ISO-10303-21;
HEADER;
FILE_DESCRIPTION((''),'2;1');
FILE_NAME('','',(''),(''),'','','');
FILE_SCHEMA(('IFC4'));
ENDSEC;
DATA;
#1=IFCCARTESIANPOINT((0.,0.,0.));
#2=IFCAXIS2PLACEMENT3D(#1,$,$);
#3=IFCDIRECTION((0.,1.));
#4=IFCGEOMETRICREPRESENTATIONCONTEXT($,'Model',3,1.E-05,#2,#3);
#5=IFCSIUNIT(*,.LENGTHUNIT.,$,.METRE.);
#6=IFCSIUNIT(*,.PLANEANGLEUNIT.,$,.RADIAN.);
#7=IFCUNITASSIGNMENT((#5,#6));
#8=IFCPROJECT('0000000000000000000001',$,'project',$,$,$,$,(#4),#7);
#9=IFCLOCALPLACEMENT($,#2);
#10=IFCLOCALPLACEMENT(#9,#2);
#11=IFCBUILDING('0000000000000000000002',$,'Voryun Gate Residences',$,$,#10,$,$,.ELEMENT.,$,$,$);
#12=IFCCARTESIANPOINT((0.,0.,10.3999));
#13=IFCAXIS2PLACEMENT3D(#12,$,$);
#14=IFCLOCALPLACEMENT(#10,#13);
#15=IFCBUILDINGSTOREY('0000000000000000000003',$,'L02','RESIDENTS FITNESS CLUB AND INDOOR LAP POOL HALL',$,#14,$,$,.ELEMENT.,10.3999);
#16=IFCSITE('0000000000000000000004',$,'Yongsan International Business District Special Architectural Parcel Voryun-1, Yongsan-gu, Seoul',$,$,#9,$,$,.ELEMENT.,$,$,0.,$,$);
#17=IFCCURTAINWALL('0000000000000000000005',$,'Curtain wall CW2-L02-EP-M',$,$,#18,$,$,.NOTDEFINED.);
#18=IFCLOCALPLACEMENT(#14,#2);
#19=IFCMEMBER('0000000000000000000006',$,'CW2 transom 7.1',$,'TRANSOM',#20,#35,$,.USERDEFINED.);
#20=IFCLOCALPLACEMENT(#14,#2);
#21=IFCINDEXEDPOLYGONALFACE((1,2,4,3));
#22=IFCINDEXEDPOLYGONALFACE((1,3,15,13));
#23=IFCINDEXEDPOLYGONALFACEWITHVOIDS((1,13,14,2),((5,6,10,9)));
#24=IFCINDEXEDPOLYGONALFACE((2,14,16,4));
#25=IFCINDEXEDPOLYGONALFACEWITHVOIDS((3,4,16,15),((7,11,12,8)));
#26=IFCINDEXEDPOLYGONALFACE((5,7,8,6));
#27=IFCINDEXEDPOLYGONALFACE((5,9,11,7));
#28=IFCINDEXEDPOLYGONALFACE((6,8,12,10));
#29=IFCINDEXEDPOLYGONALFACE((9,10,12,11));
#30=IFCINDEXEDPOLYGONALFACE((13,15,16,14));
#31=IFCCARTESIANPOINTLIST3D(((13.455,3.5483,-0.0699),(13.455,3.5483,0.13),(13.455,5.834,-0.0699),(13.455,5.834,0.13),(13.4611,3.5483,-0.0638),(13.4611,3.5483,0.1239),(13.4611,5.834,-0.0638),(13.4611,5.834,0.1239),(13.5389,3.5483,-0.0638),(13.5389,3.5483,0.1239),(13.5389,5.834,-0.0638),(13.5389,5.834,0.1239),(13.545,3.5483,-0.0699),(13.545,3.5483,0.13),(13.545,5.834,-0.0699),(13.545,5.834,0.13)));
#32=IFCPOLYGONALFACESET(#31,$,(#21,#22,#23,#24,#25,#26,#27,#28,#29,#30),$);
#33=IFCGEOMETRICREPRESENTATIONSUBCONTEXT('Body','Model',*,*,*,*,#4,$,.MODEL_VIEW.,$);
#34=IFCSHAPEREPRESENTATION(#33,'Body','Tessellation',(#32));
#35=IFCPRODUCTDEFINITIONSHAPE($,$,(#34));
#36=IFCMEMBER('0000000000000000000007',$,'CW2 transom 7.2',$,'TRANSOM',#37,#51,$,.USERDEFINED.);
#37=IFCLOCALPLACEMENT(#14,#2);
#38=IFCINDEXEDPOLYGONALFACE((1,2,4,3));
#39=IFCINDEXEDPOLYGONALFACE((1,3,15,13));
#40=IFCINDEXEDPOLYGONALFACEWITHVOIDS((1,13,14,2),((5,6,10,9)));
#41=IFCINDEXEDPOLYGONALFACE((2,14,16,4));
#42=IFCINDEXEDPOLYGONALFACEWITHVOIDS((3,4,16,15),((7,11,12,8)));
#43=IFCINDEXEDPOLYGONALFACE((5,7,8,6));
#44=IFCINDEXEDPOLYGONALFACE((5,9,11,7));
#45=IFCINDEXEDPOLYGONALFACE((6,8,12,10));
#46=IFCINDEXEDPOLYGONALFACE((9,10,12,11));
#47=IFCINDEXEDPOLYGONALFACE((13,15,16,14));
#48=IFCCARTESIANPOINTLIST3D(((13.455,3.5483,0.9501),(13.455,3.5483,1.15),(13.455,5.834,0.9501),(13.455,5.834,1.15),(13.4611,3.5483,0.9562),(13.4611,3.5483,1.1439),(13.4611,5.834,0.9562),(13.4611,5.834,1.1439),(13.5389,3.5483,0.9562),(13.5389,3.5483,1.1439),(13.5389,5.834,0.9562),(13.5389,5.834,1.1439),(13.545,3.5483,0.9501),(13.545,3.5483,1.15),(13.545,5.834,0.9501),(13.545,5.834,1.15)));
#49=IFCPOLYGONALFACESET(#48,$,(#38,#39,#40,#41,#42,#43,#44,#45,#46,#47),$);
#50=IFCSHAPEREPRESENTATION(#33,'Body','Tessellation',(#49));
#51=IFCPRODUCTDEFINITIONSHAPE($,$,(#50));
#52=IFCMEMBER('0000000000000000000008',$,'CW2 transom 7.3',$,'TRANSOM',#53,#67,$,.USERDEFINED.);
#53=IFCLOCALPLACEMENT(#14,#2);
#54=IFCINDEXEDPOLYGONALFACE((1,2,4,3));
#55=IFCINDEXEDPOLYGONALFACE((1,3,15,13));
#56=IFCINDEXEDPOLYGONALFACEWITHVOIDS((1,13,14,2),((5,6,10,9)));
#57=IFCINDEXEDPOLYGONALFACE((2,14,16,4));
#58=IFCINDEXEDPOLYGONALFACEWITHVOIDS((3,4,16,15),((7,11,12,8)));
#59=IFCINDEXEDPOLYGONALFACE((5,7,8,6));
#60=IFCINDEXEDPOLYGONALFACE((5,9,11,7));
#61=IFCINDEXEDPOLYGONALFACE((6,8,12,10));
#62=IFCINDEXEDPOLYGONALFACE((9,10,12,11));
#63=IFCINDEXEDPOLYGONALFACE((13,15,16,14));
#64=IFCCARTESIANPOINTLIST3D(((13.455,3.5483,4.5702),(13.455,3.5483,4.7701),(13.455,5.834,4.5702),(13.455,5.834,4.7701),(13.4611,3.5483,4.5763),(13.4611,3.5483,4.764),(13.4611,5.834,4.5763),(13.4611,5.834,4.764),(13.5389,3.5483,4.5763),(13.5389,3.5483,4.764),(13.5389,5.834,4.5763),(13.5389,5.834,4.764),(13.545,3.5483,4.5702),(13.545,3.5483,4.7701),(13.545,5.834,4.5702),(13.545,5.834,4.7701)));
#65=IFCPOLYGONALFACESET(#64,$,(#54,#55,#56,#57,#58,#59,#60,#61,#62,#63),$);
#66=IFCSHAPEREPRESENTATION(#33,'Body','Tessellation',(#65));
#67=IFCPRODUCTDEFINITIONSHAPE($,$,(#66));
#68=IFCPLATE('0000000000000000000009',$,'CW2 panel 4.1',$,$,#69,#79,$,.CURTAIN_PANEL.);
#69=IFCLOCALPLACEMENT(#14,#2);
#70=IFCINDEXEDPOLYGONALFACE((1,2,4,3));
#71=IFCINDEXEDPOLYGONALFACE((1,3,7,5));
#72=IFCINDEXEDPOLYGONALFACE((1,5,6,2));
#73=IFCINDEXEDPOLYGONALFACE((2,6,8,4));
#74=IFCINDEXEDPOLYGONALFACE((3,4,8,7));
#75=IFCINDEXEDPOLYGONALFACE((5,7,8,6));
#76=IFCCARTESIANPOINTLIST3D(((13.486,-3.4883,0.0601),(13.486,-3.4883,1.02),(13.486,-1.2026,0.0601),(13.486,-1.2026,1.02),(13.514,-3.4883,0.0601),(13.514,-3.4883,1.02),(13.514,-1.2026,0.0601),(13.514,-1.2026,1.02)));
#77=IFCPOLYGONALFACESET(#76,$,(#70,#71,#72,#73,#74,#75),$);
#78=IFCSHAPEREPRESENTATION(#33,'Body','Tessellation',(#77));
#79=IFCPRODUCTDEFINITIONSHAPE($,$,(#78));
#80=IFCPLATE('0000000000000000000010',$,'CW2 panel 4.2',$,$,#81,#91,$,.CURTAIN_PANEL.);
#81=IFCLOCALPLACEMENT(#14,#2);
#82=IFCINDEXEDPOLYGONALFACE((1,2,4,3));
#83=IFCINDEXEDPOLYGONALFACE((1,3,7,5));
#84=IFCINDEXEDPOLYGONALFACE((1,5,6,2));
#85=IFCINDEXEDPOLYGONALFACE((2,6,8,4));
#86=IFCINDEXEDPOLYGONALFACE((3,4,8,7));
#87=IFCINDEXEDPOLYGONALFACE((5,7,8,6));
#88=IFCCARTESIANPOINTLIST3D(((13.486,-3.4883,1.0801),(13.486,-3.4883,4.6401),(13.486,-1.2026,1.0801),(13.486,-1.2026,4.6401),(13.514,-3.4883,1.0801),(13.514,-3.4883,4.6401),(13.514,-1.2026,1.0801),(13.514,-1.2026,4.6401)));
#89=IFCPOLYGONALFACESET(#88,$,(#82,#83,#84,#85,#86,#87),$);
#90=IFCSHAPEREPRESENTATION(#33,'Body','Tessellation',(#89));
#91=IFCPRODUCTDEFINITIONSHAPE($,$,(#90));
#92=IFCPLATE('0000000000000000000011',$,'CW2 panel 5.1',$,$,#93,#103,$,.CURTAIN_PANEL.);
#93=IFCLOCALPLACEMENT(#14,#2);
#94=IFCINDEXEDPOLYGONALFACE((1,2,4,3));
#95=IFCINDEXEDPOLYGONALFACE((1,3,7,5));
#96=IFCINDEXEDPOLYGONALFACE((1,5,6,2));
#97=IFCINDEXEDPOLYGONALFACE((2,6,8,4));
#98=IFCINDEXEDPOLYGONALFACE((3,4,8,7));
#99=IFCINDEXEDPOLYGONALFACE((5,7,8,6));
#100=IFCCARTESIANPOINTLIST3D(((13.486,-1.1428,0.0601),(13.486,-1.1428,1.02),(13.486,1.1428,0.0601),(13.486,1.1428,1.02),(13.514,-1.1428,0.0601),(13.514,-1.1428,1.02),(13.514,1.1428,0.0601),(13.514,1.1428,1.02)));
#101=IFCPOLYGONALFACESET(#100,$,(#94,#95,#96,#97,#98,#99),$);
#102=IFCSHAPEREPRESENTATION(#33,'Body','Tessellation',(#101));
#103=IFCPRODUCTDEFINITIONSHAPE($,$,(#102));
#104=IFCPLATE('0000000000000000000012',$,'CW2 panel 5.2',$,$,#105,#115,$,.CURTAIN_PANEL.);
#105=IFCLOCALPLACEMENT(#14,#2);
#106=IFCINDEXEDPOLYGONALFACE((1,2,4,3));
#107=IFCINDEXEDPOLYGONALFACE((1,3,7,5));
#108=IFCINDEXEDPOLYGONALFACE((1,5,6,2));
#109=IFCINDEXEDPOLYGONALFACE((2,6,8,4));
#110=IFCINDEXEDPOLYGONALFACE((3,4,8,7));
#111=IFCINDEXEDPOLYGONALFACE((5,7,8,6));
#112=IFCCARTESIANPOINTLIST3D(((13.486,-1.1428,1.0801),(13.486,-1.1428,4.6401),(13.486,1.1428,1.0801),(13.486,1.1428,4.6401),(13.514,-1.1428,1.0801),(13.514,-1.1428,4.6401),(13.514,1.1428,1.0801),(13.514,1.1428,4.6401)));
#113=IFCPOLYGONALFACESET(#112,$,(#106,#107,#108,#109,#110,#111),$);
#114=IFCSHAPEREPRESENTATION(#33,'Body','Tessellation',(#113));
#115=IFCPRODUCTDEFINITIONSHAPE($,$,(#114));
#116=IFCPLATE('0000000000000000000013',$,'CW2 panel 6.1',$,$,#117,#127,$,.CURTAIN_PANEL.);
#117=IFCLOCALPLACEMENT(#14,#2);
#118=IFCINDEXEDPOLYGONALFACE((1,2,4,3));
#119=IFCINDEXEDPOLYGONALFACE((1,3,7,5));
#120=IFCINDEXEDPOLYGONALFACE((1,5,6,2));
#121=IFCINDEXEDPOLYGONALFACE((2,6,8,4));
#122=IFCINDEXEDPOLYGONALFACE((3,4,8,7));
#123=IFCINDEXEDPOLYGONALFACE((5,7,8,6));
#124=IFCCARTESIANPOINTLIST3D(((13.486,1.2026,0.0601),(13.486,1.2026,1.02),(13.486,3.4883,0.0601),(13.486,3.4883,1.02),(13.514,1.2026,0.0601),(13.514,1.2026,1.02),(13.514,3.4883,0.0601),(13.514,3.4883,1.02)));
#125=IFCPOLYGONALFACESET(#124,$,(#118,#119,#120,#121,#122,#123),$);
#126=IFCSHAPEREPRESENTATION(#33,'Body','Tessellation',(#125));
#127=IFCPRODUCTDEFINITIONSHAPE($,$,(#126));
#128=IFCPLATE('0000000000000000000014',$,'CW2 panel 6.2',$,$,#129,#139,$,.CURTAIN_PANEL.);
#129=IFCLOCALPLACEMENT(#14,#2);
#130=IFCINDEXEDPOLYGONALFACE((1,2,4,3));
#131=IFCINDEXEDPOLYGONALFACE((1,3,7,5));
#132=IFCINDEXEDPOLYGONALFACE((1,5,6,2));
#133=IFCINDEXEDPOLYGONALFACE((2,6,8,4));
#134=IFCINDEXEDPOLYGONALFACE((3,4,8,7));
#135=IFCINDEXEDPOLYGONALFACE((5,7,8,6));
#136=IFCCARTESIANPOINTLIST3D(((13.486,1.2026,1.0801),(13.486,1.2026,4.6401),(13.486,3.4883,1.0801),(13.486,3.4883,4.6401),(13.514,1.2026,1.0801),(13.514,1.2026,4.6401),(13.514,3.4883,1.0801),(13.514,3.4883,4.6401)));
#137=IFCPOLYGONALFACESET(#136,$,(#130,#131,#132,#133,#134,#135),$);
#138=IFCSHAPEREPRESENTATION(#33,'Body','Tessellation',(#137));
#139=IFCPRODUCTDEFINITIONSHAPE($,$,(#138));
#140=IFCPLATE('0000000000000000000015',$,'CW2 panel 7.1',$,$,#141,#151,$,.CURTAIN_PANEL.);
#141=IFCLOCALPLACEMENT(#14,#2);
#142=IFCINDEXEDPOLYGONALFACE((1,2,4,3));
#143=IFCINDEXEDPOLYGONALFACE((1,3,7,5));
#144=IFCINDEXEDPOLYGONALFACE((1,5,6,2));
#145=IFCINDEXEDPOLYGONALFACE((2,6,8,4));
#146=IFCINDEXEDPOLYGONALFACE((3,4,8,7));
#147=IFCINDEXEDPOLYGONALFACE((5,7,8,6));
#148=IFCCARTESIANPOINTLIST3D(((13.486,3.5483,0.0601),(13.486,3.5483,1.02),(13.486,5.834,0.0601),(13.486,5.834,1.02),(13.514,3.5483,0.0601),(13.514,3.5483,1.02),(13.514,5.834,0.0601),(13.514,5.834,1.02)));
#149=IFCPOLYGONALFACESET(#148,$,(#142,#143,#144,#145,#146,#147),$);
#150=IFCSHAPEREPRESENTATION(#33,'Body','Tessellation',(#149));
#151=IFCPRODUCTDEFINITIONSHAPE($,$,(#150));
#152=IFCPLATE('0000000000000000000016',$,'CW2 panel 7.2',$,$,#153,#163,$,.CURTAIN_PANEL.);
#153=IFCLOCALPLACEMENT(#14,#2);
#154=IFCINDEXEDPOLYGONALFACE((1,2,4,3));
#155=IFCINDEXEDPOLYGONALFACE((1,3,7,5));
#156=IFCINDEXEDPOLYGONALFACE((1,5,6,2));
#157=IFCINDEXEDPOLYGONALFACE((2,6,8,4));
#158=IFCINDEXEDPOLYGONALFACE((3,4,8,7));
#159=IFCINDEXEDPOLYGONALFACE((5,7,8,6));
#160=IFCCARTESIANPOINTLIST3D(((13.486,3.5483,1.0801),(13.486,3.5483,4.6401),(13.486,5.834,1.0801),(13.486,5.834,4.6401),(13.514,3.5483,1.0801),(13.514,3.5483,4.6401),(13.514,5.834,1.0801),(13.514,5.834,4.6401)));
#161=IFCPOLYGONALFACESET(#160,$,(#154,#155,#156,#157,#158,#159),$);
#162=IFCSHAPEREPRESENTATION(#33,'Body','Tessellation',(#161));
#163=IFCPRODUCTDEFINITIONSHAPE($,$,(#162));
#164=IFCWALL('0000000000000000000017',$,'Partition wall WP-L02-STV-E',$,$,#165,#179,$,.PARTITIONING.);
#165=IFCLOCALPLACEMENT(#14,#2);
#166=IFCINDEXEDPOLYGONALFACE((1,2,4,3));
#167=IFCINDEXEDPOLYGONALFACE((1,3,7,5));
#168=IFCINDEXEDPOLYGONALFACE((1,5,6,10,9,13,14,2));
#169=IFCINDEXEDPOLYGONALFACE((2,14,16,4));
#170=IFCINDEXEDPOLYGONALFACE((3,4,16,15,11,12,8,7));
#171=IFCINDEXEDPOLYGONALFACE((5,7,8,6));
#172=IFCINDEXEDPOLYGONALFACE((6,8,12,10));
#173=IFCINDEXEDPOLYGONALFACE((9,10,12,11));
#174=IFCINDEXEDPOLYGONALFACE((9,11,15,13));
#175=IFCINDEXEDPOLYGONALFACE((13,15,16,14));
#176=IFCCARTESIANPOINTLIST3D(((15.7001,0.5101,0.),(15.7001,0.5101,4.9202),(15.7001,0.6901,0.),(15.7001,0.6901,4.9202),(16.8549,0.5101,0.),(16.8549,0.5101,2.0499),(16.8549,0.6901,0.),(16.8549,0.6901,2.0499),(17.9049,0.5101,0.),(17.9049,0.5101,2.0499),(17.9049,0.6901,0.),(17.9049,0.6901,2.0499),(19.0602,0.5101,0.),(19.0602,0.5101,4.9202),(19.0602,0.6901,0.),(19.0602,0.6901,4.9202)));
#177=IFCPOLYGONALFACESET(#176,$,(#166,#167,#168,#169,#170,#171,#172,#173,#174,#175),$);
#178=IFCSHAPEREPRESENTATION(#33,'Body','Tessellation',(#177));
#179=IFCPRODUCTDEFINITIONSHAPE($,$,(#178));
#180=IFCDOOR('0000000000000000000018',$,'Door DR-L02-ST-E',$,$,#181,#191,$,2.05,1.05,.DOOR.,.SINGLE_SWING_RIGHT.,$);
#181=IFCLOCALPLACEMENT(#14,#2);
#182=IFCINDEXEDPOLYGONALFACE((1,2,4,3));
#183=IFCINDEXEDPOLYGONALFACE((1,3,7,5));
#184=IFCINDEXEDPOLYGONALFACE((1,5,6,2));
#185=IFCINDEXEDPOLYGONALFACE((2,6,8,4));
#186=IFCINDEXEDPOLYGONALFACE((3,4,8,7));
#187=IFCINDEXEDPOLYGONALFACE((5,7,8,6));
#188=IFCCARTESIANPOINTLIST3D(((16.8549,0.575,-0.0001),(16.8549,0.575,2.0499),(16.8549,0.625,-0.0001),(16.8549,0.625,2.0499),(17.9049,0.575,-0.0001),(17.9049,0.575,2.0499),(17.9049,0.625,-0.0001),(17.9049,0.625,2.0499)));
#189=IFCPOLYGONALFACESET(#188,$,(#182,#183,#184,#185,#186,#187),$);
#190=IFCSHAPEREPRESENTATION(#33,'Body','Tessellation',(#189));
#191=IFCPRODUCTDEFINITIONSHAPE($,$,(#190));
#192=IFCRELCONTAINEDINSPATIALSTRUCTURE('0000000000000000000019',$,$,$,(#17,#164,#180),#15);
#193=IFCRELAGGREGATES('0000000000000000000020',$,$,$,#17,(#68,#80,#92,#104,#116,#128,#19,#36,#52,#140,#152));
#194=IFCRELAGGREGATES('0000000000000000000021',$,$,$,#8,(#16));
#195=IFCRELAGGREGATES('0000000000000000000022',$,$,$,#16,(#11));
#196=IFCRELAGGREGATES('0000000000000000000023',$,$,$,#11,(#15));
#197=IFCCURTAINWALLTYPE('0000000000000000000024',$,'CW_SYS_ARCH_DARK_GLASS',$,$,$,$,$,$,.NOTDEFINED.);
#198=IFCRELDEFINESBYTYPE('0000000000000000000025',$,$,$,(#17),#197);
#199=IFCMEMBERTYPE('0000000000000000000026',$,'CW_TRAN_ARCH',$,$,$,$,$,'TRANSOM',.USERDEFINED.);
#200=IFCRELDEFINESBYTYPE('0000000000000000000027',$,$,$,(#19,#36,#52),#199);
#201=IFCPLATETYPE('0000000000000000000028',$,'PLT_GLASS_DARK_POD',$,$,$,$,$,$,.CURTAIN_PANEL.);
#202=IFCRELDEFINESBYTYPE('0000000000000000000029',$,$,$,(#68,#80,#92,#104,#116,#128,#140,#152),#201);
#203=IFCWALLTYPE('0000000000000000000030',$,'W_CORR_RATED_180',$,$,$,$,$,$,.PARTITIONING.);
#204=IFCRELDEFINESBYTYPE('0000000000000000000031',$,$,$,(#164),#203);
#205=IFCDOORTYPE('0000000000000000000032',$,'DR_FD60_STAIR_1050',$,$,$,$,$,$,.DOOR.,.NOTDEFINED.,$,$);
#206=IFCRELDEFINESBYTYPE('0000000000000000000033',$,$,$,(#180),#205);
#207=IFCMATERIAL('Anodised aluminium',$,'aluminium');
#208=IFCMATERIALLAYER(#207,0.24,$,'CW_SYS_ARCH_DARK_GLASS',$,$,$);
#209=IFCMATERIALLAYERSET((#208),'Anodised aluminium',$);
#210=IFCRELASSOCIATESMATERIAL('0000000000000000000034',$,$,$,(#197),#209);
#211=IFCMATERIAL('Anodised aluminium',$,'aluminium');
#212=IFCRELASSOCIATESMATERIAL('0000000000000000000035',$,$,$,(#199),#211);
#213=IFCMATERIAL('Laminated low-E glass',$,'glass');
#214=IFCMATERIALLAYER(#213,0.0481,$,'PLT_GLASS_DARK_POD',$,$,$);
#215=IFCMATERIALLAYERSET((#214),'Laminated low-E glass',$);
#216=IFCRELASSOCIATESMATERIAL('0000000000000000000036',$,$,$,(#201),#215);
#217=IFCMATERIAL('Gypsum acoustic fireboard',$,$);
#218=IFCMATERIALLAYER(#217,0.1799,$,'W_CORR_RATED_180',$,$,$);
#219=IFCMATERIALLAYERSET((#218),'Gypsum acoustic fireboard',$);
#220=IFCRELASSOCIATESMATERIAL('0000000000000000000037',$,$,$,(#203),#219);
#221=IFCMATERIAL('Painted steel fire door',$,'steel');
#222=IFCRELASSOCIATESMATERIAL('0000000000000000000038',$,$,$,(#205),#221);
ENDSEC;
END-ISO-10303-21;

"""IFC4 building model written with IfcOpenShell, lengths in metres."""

from ifc_helpers import new_model, si_unit, direction, frame, frame_2d, origin, origin_2d, place, context, subcontext, project, spatial, rectangle, hollow_rectangle, extrude, material, layer, layer_set, material_profile, profile_set, type_object, element, fill, aggregate, save


model = new_model("IFC4")

# Units and contexts
model_context = context("Model", 3, precision=1e-05, world=origin(), true_north=direction((0.0, 1.0)))
body_context = subcontext(model_context, "Body", "Model", "MODEL_VIEW")
ifc_project = project(units=[si_unit("LENGTHUNIT", "METRE"), si_unit("PLANEANGLEUNIT", "RADIAN")], contexts=[model_context])

# Site, building, storey
site_placement = place(None, origin())
site = spatial("IfcSite", under=ifc_project, at=site_placement, Name="Yongsan International Business District Special Architectural Parcel Voryun-1, Yongsan-gu, Seoul", CompositionType="ELEMENT", RefElevation=0.0)
building_placement = place(site_placement, origin())
building = spatial("IfcBuilding", under=site, at=building_placement, Name="Voryun Gate Residences", CompositionType="ELEMENT")
storey_placement = place(building_placement, frame((0.0, 0.0, 10.3999)))
storey = spatial("IfcBuildingStorey", under=building, at=storey_placement, Name="L02", Description="RESIDENTS FITNESS CLUB AND INDOOR LAP POOL HALL", CompositionType="ELEMENT", Elevation=10.3999)

# Curtain wall, members, plates
ifc_material_1 = material(Name="Anodised aluminium", Category="aluminium")
ifc_layer_1 = layer(ifc_material_1, 0.24, Name="CW_SYS_ARCH_DARK_GLASS")
ifc_layer_set_1 = layer_set([ifc_layer_1], Name="Anodised aluminium")
curtain_wall_type = type_object("IfcCurtainWallType", Name="CW_SYS_ARCH_DARK_GLASS", PredefinedType="NOTDEFINED", material=ifc_layer_set_1)
curtain_wall_placement = place(storey_placement, origin())
curtain_wall = element("IfcCurtainWall", 1, at=curtain_wall_placement, inside=storey, type_object=curtain_wall_type, Name="Curtain wall CW2-L02-EP-M", PredefinedType="NOTDEFINED")
ifc_material_2 = material(Name="Anodised aluminium", Category="aluminium")
ifc_material_profile_1 = material_profile(ifc_material_2, hollow_rectangle(XDim=0.0901, YDim=0.2, WallThickness=0.0061, at=origin_2d()), Name="ALU-TRAN-200x90x6")
ifc_profile_set_1 = profile_set([ifc_material_profile_1], Name="Anodised aluminium")
member_type_1 = type_object("IfcMemberType", Name="CW_TRAN_ARCH", ElementType="TRANSOM", PredefinedType="USERDEFINED", material=ifc_profile_set_1)
member_1_placement = place(storey_placement, frame((13.5, 3.5483, 0.03), z_axis=(0.0, 1.0, 0.0), x_axis=(-1.0, 0.0, 0.0)))
member_1 = element("IfcMember", 2, at=member_1_placement, type_object=member_type_1, Name="CW2 transom 7.1", ObjectType="TRANSOM", PredefinedType="USERDEFINED", context=body_context, shape_type="SweptSolid", body=[
    extrude(hollow_rectangle(XDim=0.0901, YDim=0.2, WallThickness=0.0061, at=origin_2d()), origin(), (0.0, 0.0, 1.0), 2.2856),
])
member_2_placement = place(storey_placement, frame((13.5, 3.5483, 1.05), z_axis=(0.0, 1.0, 0.0), x_axis=(-1.0, 0.0, 0.0)))
member_2 = element("IfcMember", 3, at=member_2_placement, type_object=member_type_1, Name="CW2 transom 7.2", ObjectType="TRANSOM", PredefinedType="USERDEFINED", context=body_context, shape_type="SweptSolid", body=[
    extrude(hollow_rectangle(XDim=0.0901, YDim=0.2, WallThickness=0.0061, at=origin_2d()), origin(), (0.0, 0.0, 1.0), 2.2856),
])
member_3_placement = place(storey_placement, frame((13.5, 3.5483, 4.6702), z_axis=(0.0, 1.0, 0.0), x_axis=(-1.0, 0.0, 0.0)))
member_3 = element("IfcMember", 4, at=member_3_placement, type_object=member_type_1, Name="CW2 transom 7.3", ObjectType="TRANSOM", PredefinedType="USERDEFINED", context=body_context, shape_type="SweptSolid", body=[
    extrude(hollow_rectangle(XDim=0.0901, YDim=0.2, WallThickness=0.0061, at=origin_2d()), origin(), (0.0, 0.0, 1.0), 2.2856),
])
ifc_material_3 = material(Name="Laminated low-E glass", Category="glass")
ifc_layer_2 = layer(ifc_material_3, 0.0481, Name="PLT_GLASS_DARK_POD")
ifc_layer_set_2 = layer_set([ifc_layer_2], Name="Laminated low-E glass")
plate_type = type_object("IfcPlateType", Name="PLT_GLASS_DARK_POD", PredefinedType="CURTAIN_PANEL", material=ifc_layer_set_2)
plate_1_placement = place(storey_placement, frame((13.5, -2.3455, 0.0601), z_axis=(0.0, 0.0, 1.0), x_axis=(0.0, 1.0, 0.0)))
plate_1 = element("IfcPlate", 5, at=plate_1_placement, type_object=plate_type, Name="CW2 panel 4.1", PredefinedType="CURTAIN_PANEL", context=body_context, shape_type="SweptSolid", body=[
    extrude(rectangle(XDim=2.2856, YDim=0.0281, at=origin_2d()), origin(), (0.0, 0.0, 1.0), 0.96),
])
plate_2_placement = place(storey_placement, frame((13.5, -2.3455, 1.0801), z_axis=(0.0, 0.0, 1.0), x_axis=(0.0, 1.0, 0.0)))
plate_2 = element("IfcPlate", 6, at=plate_2_placement, type_object=plate_type, Name="CW2 panel 4.2", PredefinedType="CURTAIN_PANEL", context=body_context, shape_type="SweptSolid", body=[
    extrude(rectangle(XDim=2.2856, YDim=0.0281, at=origin_2d()), origin(), (0.0, 0.0, 1.0), 3.5601),
])
plate_3_placement = place(storey_placement, frame((13.5, 0.0, 0.0601), z_axis=(0.0, 0.0, 1.0), x_axis=(0.0, 1.0, 0.0)))
plate_3 = element("IfcPlate", 7, at=plate_3_placement, type_object=plate_type, Name="CW2 panel 5.1", PredefinedType="CURTAIN_PANEL", context=body_context, shape_type="SweptSolid", body=[
    extrude(rectangle(XDim=2.2856, YDim=0.0281, at=origin_2d()), origin(), (0.0, 0.0, 1.0), 0.96),
])
plate_4_placement = place(storey_placement, frame((13.5, 0.0, 1.0801), z_axis=(0.0, 0.0, 1.0), x_axis=(0.0, 1.0, 0.0)))
plate_4 = element("IfcPlate", 8, at=plate_4_placement, type_object=plate_type, Name="CW2 panel 5.2", PredefinedType="CURTAIN_PANEL", context=body_context, shape_type="SweptSolid", body=[
    extrude(rectangle(XDim=2.2856, YDim=0.0281, at=origin_2d()), origin(), (0.0, 0.0, 1.0), 3.5601),
])
plate_5_placement = place(storey_placement, frame((13.5, 2.3455, 0.0601), z_axis=(0.0, 0.0, 1.0), x_axis=(0.0, 1.0, 0.0)))
plate_5 = element("IfcPlate", 9, at=plate_5_placement, type_object=plate_type, Name="CW2 panel 6.1", PredefinedType="CURTAIN_PANEL", context=body_context, shape_type="SweptSolid", body=[
    extrude(rectangle(XDim=2.2856, YDim=0.0281, at=origin_2d()), origin(), (0.0, 0.0, 1.0), 0.96),
])
plate_6_placement = place(storey_placement, frame((13.5, 2.3455, 1.0801), z_axis=(0.0, 0.0, 1.0), x_axis=(0.0, 1.0, 0.0)))
plate_6 = element("IfcPlate", 10, at=plate_6_placement, type_object=plate_type, Name="CW2 panel 6.2", PredefinedType="CURTAIN_PANEL", context=body_context, shape_type="SweptSolid", body=[
    extrude(rectangle(XDim=2.2856, YDim=0.0281, at=origin_2d()), origin(), (0.0, 0.0, 1.0), 3.5601),
])
plate_7_placement = place(storey_placement, frame((13.5, 4.6912, 0.0601), z_axis=(0.0, 0.0, 1.0), x_axis=(0.0, 1.0, 0.0)))
plate_7 = element("IfcPlate", 11, at=plate_7_placement, type_object=plate_type, Name="CW2 panel 7.1", PredefinedType="CURTAIN_PANEL", context=body_context, shape_type="SweptSolid", body=[
    extrude(rectangle(XDim=2.2856, YDim=0.0281, at=origin_2d()), origin(), (0.0, 0.0, 1.0), 0.96),
])
plate_8_placement = place(storey_placement, frame((13.5, 4.6912, 1.0801), z_axis=(0.0, 0.0, 1.0), x_axis=(0.0, 1.0, 0.0)))
plate_8 = element("IfcPlate", 12, at=plate_8_placement, type_object=plate_type, Name="CW2 panel 7.2", PredefinedType="CURTAIN_PANEL", context=body_context, shape_type="SweptSolid", body=[
    extrude(rectangle(XDim=2.2856, YDim=0.0281, at=origin_2d()), origin(), (0.0, 0.0, 1.0), 3.5601),
])
aggregate(curtain_wall, [plate_1, plate_2, plate_3, plate_4, plate_5, plate_6, member_1, member_2, member_3, plate_7, plate_8])

# Wall, opening, door
ifc_material_4 = material(Name="Gypsum acoustic fireboard")
ifc_layer_3 = layer(ifc_material_4, 0.1799, Name="W_CORR_RATED_180")
ifc_layer_set_3 = layer_set([ifc_layer_3], Name="Gypsum acoustic fireboard")
wall_type_1 = type_object("IfcWallType", Name="W_CORR_RATED_180", PredefinedType="PARTITIONING", material=ifc_layer_set_3)
wall_1_placement = place(storey_placement, frame((15.7, 0.6001, 0.0), z_axis=(0.0, 0.0, 1.0), x_axis=(1.0, 0.0, 0.0)))
wall_1 = element("IfcWall", 13, at=wall_1_placement, inside=storey, type_object=wall_type_1, Name="Partition wall WP-L02-STV-E", PredefinedType="PARTITIONING", context=body_context, shape_type="SweptSolid", body=[
    extrude(rectangle(XDim=3.3601, YDim=0.1799, at=frame_2d((1.6802, 0.0))), origin(), (0.0, 0.0, 1.0), 4.9202),
])
opening_placement = place(wall_1_placement, frame((1.155, 0.0, 0.0)))
opening = element("IfcOpeningElement", 14, at=opening_placement, cuts=wall_1, PredefinedType="OPENING", context=body_context, shape_type="SweptSolid", body=[
    extrude(rectangle(XDim=1.05, YDim=2.05, at=frame_2d((0.5249, 1.0249))), frame((0.0, 0.0999, 0.0), z_axis=(0.0, -1.0, 0.0), x_axis=(1.0, 0.0, 0.0)), (0.0, 0.0, 1.0), 0.2),
])
ifc_material_5 = material(Name="Painted steel fire door", Category="steel")
door_type = type_object("IfcDoorType", Name="DR_FD60_STAIR_1050", OperationType="NOTDEFINED", PredefinedType="DOOR", material=ifc_material_5)
door_placement = place(opening_placement, origin())
door = element("IfcDoor", 15, at=door_placement, inside=storey, type_object=door_type, Name="Door DR-L02-ST-E", OperationType="SINGLE_SWING_RIGHT", OverallHeight=2.05, OverallWidth=1.05, PredefinedType="DOOR", context=body_context, shape_type="SweptSolid", body=[
    extrude(rectangle(XDim=1.05, YDim=2.05, at=frame_2d((0.5249, 1.0249))), frame((0.0, 0.0249, 0.0), z_axis=(0.0, -1.0, 0.0), x_axis=(1.0, 0.0, 0.0)), (0.0, 0.0, 1.0), 0.05),
])
fill(opening, door)

save(model, "model.ifc")
